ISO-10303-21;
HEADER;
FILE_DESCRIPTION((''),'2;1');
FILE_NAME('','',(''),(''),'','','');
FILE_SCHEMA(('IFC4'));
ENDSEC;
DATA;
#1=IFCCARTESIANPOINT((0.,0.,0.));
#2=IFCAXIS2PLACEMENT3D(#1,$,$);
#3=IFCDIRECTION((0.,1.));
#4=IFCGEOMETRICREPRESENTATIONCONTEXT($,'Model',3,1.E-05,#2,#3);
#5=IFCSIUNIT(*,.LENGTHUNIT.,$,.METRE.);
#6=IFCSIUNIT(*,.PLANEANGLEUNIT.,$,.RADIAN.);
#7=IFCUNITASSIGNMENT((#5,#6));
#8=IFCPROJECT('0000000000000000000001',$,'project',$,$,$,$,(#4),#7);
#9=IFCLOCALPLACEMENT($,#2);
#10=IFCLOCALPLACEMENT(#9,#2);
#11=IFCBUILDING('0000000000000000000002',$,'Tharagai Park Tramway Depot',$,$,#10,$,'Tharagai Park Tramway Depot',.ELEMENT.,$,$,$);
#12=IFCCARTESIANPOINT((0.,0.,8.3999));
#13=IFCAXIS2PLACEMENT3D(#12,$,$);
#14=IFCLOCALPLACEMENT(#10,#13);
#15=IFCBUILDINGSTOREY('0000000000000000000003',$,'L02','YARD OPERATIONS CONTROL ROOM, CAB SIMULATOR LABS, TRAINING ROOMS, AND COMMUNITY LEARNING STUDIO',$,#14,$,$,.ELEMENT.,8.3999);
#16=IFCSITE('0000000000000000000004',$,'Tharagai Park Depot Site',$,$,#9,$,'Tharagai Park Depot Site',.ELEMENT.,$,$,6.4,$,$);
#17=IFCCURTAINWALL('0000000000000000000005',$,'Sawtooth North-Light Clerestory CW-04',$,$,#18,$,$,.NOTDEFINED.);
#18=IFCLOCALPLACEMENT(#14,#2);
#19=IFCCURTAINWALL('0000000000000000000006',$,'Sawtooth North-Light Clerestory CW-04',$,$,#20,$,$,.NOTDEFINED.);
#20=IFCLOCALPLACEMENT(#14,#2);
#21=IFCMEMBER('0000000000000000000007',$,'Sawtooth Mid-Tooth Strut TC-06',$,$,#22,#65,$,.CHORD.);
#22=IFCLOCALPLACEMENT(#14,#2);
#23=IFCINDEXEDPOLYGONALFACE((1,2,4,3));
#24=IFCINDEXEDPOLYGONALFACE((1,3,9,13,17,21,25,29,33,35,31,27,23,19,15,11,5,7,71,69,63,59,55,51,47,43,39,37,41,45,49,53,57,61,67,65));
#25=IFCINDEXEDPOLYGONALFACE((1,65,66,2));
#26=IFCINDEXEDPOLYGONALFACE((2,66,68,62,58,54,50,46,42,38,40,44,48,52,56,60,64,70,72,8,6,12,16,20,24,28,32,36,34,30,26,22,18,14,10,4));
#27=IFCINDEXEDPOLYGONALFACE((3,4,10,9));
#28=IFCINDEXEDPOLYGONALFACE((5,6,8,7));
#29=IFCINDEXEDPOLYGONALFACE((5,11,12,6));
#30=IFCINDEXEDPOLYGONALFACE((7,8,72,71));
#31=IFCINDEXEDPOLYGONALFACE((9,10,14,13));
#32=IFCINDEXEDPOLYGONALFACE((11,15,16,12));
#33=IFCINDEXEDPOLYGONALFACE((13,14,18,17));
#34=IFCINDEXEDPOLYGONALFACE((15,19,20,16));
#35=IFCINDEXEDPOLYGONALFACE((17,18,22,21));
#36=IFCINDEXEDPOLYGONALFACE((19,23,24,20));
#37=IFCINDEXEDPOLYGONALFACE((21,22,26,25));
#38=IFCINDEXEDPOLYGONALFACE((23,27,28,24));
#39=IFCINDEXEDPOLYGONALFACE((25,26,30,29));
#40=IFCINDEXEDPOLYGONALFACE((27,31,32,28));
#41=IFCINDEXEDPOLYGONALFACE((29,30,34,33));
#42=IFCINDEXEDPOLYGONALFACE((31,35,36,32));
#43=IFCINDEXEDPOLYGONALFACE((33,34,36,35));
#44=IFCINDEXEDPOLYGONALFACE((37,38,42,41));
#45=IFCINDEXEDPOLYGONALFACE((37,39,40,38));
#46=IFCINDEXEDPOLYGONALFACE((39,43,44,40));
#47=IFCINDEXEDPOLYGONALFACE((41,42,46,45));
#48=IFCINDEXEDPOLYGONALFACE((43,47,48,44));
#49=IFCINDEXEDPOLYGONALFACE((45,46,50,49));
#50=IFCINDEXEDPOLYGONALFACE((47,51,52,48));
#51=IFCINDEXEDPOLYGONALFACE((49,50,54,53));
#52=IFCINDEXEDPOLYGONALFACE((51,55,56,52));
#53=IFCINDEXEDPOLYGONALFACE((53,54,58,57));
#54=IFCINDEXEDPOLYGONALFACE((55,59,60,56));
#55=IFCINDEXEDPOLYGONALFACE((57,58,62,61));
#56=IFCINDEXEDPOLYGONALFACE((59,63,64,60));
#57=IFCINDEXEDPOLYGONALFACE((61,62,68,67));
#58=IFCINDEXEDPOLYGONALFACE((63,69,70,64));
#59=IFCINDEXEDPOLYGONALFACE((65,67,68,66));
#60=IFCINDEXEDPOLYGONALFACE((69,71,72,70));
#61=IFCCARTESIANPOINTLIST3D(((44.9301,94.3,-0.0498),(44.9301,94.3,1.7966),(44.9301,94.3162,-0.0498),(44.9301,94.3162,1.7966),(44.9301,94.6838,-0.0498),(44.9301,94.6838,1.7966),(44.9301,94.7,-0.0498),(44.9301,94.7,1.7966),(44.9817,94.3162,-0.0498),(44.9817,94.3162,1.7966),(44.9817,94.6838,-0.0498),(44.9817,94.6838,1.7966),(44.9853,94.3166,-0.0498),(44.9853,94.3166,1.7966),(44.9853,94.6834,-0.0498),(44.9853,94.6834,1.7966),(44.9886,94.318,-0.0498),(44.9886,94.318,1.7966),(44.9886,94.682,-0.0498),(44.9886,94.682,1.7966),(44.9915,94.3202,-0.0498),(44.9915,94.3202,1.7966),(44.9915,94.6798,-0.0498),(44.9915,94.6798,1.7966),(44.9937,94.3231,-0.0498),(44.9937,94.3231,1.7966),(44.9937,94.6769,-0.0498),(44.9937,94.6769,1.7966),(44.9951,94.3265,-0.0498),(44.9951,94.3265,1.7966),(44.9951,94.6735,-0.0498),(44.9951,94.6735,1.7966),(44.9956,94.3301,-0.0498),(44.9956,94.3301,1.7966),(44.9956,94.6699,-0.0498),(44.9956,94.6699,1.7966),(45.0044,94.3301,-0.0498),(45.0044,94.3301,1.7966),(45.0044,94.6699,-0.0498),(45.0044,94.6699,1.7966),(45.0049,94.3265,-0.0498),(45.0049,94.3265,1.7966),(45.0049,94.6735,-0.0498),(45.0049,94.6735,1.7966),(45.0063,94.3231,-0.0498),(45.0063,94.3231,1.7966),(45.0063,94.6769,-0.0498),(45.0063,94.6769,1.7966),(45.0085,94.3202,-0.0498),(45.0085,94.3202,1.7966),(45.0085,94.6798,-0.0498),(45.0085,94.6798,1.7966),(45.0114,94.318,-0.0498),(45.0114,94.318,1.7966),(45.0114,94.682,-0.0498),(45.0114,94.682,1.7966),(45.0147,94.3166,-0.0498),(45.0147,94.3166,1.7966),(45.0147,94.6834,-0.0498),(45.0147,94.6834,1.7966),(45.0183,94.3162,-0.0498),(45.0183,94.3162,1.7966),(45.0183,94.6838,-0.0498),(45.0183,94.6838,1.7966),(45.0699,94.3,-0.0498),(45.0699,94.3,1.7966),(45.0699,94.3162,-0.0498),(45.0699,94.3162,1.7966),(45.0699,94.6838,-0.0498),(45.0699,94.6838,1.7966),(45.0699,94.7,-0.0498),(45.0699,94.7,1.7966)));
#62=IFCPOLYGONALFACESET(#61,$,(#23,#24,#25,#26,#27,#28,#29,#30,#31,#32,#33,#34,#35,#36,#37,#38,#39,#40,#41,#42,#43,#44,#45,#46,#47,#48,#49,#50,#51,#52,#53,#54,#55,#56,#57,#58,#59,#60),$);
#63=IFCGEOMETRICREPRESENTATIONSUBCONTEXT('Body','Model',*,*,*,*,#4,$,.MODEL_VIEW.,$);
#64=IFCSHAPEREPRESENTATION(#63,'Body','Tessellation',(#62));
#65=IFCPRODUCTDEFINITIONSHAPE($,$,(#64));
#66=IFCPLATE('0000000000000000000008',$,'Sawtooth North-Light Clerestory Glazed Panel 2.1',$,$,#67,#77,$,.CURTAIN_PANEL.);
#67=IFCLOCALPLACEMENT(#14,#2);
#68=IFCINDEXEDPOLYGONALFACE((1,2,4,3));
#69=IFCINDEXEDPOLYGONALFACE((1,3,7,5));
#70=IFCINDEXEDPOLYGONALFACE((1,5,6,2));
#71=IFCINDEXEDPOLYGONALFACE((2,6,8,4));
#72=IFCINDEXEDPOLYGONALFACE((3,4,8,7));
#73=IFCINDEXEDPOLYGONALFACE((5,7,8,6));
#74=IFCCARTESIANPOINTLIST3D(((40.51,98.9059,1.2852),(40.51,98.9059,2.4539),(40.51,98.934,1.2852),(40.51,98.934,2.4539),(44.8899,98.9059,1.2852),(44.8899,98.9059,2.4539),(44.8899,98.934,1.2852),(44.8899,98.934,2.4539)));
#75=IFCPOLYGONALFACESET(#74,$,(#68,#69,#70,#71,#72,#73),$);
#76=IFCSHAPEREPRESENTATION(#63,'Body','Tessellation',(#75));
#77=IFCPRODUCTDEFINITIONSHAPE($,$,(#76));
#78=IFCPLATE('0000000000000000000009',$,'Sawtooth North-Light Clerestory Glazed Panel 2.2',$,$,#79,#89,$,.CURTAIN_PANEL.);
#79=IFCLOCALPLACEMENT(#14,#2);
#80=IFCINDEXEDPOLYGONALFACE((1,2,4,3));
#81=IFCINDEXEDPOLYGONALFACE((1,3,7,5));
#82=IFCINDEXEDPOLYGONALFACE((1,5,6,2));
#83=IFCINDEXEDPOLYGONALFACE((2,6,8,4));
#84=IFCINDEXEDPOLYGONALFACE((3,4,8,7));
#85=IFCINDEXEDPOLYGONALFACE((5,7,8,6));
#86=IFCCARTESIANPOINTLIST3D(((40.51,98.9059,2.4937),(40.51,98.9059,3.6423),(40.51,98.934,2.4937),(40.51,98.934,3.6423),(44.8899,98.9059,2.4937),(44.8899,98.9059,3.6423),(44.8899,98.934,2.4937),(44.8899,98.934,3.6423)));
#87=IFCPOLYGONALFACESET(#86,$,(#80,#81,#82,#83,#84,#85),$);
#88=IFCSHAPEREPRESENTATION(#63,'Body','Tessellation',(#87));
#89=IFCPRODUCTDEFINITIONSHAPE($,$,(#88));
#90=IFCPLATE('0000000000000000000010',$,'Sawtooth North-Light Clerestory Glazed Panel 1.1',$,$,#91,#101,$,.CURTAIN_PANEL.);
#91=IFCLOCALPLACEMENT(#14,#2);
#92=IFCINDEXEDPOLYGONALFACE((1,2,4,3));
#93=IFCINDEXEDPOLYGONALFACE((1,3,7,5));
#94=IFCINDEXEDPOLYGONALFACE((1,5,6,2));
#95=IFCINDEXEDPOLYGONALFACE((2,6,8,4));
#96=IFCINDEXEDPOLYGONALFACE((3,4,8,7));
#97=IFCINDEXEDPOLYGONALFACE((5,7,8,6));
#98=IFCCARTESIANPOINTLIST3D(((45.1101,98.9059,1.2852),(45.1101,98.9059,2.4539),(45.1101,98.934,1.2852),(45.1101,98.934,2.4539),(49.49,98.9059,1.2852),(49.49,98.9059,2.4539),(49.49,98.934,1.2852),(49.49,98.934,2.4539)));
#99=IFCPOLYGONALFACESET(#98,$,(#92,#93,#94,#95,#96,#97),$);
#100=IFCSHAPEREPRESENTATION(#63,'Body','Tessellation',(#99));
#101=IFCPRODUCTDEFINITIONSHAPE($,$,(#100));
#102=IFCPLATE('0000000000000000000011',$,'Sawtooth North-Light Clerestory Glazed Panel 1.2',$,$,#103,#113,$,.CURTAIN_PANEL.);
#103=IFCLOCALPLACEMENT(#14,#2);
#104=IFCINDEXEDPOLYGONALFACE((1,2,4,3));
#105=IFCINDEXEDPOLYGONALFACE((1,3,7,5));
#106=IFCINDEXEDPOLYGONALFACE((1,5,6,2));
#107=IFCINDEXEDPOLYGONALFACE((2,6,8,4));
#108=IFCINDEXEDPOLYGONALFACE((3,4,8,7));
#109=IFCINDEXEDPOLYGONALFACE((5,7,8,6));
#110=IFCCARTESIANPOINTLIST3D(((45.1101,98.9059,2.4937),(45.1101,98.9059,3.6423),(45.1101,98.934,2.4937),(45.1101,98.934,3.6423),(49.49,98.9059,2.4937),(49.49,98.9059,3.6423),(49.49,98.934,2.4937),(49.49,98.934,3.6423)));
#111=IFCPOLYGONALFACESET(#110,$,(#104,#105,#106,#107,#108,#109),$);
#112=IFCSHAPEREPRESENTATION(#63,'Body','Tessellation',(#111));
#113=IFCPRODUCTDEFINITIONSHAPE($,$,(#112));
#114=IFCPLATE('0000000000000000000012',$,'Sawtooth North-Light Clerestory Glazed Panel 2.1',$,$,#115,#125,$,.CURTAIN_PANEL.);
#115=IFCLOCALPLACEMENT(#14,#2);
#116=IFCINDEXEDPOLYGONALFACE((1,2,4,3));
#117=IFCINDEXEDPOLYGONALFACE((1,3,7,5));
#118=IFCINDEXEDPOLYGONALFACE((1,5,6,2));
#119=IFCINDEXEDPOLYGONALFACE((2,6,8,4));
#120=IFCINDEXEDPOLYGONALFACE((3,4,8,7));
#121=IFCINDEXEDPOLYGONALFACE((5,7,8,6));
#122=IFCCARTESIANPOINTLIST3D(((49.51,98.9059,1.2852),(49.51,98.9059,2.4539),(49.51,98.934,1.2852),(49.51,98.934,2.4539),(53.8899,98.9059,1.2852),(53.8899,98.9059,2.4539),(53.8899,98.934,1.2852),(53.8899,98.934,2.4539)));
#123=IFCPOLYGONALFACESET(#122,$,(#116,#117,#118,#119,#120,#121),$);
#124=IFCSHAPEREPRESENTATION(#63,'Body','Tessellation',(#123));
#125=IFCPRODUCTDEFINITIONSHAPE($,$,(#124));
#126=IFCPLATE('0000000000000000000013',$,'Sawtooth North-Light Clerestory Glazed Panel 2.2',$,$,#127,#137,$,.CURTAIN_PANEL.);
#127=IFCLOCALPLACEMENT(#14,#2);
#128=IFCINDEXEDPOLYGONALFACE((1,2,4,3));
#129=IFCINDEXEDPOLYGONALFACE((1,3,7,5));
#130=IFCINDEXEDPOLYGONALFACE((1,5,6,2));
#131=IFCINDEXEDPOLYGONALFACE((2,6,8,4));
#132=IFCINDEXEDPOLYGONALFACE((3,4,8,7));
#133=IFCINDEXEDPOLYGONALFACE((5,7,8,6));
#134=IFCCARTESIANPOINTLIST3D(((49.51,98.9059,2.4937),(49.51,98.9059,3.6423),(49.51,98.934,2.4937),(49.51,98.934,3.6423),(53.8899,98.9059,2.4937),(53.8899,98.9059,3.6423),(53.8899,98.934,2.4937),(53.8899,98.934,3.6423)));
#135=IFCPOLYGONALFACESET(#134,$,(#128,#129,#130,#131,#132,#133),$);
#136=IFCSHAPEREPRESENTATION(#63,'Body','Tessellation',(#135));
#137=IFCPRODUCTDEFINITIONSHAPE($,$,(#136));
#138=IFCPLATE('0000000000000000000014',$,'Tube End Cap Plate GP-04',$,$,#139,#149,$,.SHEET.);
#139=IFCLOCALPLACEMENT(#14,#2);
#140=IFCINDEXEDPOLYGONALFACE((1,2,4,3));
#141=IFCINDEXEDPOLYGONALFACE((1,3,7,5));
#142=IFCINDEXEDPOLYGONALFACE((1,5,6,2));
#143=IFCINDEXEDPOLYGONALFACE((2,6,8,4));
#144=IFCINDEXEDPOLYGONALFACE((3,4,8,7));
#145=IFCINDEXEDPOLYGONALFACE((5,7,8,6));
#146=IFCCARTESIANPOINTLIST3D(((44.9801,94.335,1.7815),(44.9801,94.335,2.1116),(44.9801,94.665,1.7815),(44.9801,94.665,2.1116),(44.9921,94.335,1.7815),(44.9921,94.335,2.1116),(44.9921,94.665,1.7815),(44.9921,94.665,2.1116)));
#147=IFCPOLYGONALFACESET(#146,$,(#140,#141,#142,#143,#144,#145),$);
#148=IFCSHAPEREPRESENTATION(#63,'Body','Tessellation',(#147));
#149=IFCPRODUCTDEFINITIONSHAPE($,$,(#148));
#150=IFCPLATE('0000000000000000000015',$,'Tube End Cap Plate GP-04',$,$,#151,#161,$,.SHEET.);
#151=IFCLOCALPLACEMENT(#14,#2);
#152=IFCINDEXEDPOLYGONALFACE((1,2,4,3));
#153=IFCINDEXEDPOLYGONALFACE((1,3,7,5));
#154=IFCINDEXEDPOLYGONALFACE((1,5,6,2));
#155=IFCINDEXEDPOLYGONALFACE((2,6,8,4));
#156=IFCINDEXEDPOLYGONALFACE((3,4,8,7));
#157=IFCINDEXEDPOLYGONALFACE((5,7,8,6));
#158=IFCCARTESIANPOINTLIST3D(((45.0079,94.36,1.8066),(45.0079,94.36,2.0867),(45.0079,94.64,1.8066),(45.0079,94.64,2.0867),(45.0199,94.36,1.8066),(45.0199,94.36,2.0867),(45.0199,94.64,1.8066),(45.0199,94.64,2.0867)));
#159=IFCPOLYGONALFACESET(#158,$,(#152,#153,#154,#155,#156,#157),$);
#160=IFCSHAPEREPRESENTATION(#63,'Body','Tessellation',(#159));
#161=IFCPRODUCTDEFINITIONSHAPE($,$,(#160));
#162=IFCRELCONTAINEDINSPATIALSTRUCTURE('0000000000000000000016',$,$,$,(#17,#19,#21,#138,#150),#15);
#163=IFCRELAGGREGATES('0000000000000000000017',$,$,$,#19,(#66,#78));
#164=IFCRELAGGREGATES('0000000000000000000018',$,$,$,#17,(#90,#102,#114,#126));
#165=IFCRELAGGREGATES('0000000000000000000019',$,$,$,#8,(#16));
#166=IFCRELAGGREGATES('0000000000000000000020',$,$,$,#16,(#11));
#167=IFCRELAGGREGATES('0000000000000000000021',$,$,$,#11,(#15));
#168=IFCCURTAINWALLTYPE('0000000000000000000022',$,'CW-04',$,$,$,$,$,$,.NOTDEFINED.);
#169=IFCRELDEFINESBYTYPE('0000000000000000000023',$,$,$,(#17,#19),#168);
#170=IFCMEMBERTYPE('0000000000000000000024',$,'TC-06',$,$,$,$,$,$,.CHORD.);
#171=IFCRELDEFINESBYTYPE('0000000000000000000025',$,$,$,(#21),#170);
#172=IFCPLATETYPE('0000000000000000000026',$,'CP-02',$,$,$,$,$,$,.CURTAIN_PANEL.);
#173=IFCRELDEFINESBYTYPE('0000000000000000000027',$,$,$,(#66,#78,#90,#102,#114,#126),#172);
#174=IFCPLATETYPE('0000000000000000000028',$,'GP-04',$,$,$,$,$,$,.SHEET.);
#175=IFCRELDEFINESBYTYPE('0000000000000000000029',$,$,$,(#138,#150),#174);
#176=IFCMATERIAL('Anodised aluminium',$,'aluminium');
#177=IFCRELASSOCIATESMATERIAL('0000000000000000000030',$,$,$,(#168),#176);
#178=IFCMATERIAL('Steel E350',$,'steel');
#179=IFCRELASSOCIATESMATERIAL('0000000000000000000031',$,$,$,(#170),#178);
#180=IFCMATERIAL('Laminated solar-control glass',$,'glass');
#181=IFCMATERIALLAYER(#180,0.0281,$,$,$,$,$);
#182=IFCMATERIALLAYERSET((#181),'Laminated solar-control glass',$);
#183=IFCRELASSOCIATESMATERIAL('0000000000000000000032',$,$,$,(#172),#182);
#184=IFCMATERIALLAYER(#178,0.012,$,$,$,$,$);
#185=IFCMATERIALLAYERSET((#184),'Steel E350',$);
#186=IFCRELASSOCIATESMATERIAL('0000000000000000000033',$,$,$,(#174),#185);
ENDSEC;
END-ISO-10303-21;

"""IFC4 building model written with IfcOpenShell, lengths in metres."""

from ifc_helpers import new_model, si_unit, direction, frame, origin, origin_2d, place, context, subcontext, project, spatial, rectangle, i_section, extrude, material, layer, layer_set, material_profile, profile_set, type_object, element, aggregate, save


model = new_model("IFC4")

# Units and contexts
model_context = context("Model", 3, precision=1e-05, world=origin(), true_north=direction((0.0, 1.0)))
body_context = subcontext(model_context, "Body", "Model", "MODEL_VIEW")
ifc_project = project(units=[si_unit("LENGTHUNIT", "METRE"), si_unit("PLANEANGLEUNIT", "RADIAN")], contexts=[model_context])

# Site, building, storey
site_placement = place(None, origin())
site = spatial("IfcSite", under=ifc_project, at=site_placement, Name="Tharagai Park Depot Site", LongName="Tharagai Park Depot Site", CompositionType="ELEMENT", RefElevation=6.4)
building_placement = place(site_placement, origin())
building = spatial("IfcBuilding", under=site, at=building_placement, Name="Tharagai Park Tramway Depot", LongName="Tharagai Park Tramway Depot", CompositionType="ELEMENT")
storey_placement = place(building_placement, frame((0.0, 0.0, 8.3999)))
storey = spatial("IfcBuildingStorey", under=building, at=storey_placement, Name="L02", Description="YARD OPERATIONS CONTROL ROOM, CAB SIMULATOR LABS, TRAINING ROOMS, AND COMMUNITY LEARNING STUDIO", CompositionType="ELEMENT", Elevation=8.3999)

# Shared definitions
ifc_material_1 = material(Name="Steel E350", Category="steel")

# Curtain wall
ifc_material_2 = material(Name="Anodised aluminium", Category="aluminium")
curtain_wall_type = type_object("IfcCurtainWallType", Name="CW-04", PredefinedType="NOTDEFINED", material=ifc_material_2)
curtain_wall_1_placement = place(storey_placement, origin())
curtain_wall_1 = element("IfcCurtainWall", 1, at=curtain_wall_1_placement, inside=storey, type_object=curtain_wall_type, Name="Sawtooth North-Light Clerestory CW-04", PredefinedType="NOTDEFINED")

# Curtain wall
curtain_wall_2_placement = place(storey_placement, origin())
curtain_wall_2 = element("IfcCurtainWall", 2, at=curtain_wall_2_placement, inside=storey, type_object=curtain_wall_type, Name="Sawtooth North-Light Clerestory CW-04", PredefinedType="NOTDEFINED")

# Member
ifc_material_profile_1 = material_profile(ifc_material_1, i_section(OverallWidth=0.1399, OverallDepth=0.3999, WebThickness=0.0088, FlangeThickness=0.0161, FilletRadius=0.0139, at=origin_2d()), Name="ISMB 400")
ifc_profile_set_1 = profile_set([ifc_material_profile_1], Name="Steel E350")
member_type_1 = type_object("IfcMemberType", Name="TC-06", PredefinedType="CHORD", material=ifc_profile_set_1)
member_1_placement = place(storey_placement, frame((45.0, 94.5, -0.0498), z_axis=(0.0, 0.0, 1.0), x_axis=(1.0, 0.0, 0.0)))
element("IfcMember", 3, at=member_1_placement, inside=storey, type_object=member_type_1, Name="Sawtooth Mid-Tooth Strut TC-06", PredefinedType="CHORD", context=body_context, shape_type="SweptSolid", body=[
    extrude(i_section(OverallWidth=0.1399, OverallDepth=0.3999, WebThickness=0.0088, FlangeThickness=0.0161, FilletRadius=0.0139, at=origin_2d()), origin(), (0.0, 0.0, 1.0), 1.8464),
])

# Plates
ifc_material_3 = material(Name="Laminated solar-control glass", Category="glass")
ifc_layer_1 = layer(ifc_material_3, 0.0281)
ifc_layer_set_1 = layer_set([ifc_layer_1], Name="Laminated solar-control glass")
plate_type_1 = type_object("IfcPlateType", Name="CP-02", PredefinedType="CURTAIN_PANEL", material=ifc_layer_set_1)
plate_1_placement = place(storey_placement, frame((42.7, 98.9199, 1.2852), z_axis=(0.0, 0.0, 1.0), x_axis=(1.0, 0.0, 0.0)))
plate_1 = element("IfcPlate", 4, at=plate_1_placement, type_object=plate_type_1, Name="Sawtooth North-Light Clerestory Glazed Panel 2.1", PredefinedType="CURTAIN_PANEL", context=body_context, shape_type="SweptSolid", body=[
    extrude(rectangle(XDim=4.3799, YDim=0.0281, at=origin_2d()), origin(), (0.0, 0.0, 1.0), 1.1687),
])
plate_2_placement = place(storey_placement, frame((42.7, 98.9199, 2.4937), z_axis=(0.0, 0.0, 1.0), x_axis=(1.0, 0.0, 0.0)))
plate_2 = element("IfcPlate", 5, at=plate_2_placement, type_object=plate_type_1, Name="Sawtooth North-Light Clerestory Glazed Panel 2.2", PredefinedType="CURTAIN_PANEL", context=body_context, shape_type="SweptSolid", body=[
    extrude(rectangle(XDim=4.3799, YDim=0.0281, at=origin_2d()), origin(), (0.0, 0.0, 1.0), 1.1487),
])
aggregate(curtain_wall_2, [plate_1, plate_2])
plate_3_placement = place(storey_placement, frame((47.3, 98.9199, 1.2852), z_axis=(0.0, 0.0, 1.0), x_axis=(1.0, 0.0, 0.0)))
plate_3 = element("IfcPlate", 6, at=plate_3_placement, type_object=plate_type_1, Name="Sawtooth North-Light Clerestory Glazed Panel 1.1", PredefinedType="CURTAIN_PANEL", context=body_context, shape_type="SweptSolid", body=[
    extrude(rectangle(XDim=4.3799, YDim=0.0281, at=origin_2d()), origin(), (0.0, 0.0, 1.0), 1.1687),
])
plate_4_placement = place(storey_placement, frame((47.3, 98.9199, 2.4937), z_axis=(0.0, 0.0, 1.0), x_axis=(1.0, 0.0, 0.0)))
plate_4 = element("IfcPlate", 7, at=plate_4_placement, type_object=plate_type_1, Name="Sawtooth North-Light Clerestory Glazed Panel 1.2", PredefinedType="CURTAIN_PANEL", context=body_context, shape_type="SweptSolid", body=[
    extrude(rectangle(XDim=4.3799, YDim=0.0281, at=origin_2d()), origin(), (0.0, 0.0, 1.0), 1.1487),
])
plate_5_placement = place(storey_placement, frame((51.7, 98.9199, 1.2852), z_axis=(0.0, 0.0, 1.0), x_axis=(1.0, 0.0, 0.0)))
plate_5 = element("IfcPlate", 8, at=plate_5_placement, type_object=plate_type_1, Name="Sawtooth North-Light Clerestory Glazed Panel 2.1", PredefinedType="CURTAIN_PANEL", context=body_context, shape_type="SweptSolid", body=[
    extrude(rectangle(XDim=4.3799, YDim=0.0281, at=origin_2d()), origin(), (0.0, 0.0, 1.0), 1.1687),
])
plate_6_placement = place(storey_placement, frame((51.7, 98.9199, 2.4937), z_axis=(0.0, 0.0, 1.0), x_axis=(1.0, 0.0, 0.0)))
plate_6 = element("IfcPlate", 9, at=plate_6_placement, type_object=plate_type_1, Name="Sawtooth North-Light Clerestory Glazed Panel 2.2", PredefinedType="CURTAIN_PANEL", context=body_context, shape_type="SweptSolid", body=[
    extrude(rectangle(XDim=4.3799, YDim=0.0281, at=origin_2d()), origin(), (0.0, 0.0, 1.0), 1.1487),
])
aggregate(curtain_wall_1, [plate_3, plate_4, plate_5, plate_6])

# Plates
ifc_layer_2 = layer(ifc_material_1, 0.012)
ifc_layer_set_2 = layer_set([ifc_layer_2], Name="Steel E350")
plate_type_2 = type_object("IfcPlateType", Name="GP-04", PredefinedType="SHEET", material=ifc_layer_set_2)
plate_7_placement = place(storey_placement, frame((44.9861, 94.5, 1.7815), z_axis=(0.0, 0.0, 1.0), x_axis=(1.0, 0.0, 0.0)))
element("IfcPlate", 10, at=plate_7_placement, inside=storey, type_object=plate_type_2, Name="Tube End Cap Plate GP-04", PredefinedType="SHEET", context=body_context, shape_type="SweptSolid", body=[
    extrude(rectangle(XDim=0.012, YDim=0.3301, at=origin_2d()), origin(), (0.0, 0.0, 1.0), 0.3301),
])
plate_8_placement = place(storey_placement, frame((45.0139, 94.5, 1.8066), z_axis=(0.0, 0.0, 1.0), x_axis=(1.0, 0.0, 0.0)))
element("IfcPlate", 11, at=plate_8_placement, inside=storey, type_object=plate_type_2, Name="Tube End Cap Plate GP-04", PredefinedType="SHEET", context=body_context, shape_type="SweptSolid", body=[
    extrude(rectangle(XDim=0.012, YDim=0.28, at=origin_2d()), origin(), (0.0, 0.0, 1.0), 0.28),
])

save(model, "model.ifc")
